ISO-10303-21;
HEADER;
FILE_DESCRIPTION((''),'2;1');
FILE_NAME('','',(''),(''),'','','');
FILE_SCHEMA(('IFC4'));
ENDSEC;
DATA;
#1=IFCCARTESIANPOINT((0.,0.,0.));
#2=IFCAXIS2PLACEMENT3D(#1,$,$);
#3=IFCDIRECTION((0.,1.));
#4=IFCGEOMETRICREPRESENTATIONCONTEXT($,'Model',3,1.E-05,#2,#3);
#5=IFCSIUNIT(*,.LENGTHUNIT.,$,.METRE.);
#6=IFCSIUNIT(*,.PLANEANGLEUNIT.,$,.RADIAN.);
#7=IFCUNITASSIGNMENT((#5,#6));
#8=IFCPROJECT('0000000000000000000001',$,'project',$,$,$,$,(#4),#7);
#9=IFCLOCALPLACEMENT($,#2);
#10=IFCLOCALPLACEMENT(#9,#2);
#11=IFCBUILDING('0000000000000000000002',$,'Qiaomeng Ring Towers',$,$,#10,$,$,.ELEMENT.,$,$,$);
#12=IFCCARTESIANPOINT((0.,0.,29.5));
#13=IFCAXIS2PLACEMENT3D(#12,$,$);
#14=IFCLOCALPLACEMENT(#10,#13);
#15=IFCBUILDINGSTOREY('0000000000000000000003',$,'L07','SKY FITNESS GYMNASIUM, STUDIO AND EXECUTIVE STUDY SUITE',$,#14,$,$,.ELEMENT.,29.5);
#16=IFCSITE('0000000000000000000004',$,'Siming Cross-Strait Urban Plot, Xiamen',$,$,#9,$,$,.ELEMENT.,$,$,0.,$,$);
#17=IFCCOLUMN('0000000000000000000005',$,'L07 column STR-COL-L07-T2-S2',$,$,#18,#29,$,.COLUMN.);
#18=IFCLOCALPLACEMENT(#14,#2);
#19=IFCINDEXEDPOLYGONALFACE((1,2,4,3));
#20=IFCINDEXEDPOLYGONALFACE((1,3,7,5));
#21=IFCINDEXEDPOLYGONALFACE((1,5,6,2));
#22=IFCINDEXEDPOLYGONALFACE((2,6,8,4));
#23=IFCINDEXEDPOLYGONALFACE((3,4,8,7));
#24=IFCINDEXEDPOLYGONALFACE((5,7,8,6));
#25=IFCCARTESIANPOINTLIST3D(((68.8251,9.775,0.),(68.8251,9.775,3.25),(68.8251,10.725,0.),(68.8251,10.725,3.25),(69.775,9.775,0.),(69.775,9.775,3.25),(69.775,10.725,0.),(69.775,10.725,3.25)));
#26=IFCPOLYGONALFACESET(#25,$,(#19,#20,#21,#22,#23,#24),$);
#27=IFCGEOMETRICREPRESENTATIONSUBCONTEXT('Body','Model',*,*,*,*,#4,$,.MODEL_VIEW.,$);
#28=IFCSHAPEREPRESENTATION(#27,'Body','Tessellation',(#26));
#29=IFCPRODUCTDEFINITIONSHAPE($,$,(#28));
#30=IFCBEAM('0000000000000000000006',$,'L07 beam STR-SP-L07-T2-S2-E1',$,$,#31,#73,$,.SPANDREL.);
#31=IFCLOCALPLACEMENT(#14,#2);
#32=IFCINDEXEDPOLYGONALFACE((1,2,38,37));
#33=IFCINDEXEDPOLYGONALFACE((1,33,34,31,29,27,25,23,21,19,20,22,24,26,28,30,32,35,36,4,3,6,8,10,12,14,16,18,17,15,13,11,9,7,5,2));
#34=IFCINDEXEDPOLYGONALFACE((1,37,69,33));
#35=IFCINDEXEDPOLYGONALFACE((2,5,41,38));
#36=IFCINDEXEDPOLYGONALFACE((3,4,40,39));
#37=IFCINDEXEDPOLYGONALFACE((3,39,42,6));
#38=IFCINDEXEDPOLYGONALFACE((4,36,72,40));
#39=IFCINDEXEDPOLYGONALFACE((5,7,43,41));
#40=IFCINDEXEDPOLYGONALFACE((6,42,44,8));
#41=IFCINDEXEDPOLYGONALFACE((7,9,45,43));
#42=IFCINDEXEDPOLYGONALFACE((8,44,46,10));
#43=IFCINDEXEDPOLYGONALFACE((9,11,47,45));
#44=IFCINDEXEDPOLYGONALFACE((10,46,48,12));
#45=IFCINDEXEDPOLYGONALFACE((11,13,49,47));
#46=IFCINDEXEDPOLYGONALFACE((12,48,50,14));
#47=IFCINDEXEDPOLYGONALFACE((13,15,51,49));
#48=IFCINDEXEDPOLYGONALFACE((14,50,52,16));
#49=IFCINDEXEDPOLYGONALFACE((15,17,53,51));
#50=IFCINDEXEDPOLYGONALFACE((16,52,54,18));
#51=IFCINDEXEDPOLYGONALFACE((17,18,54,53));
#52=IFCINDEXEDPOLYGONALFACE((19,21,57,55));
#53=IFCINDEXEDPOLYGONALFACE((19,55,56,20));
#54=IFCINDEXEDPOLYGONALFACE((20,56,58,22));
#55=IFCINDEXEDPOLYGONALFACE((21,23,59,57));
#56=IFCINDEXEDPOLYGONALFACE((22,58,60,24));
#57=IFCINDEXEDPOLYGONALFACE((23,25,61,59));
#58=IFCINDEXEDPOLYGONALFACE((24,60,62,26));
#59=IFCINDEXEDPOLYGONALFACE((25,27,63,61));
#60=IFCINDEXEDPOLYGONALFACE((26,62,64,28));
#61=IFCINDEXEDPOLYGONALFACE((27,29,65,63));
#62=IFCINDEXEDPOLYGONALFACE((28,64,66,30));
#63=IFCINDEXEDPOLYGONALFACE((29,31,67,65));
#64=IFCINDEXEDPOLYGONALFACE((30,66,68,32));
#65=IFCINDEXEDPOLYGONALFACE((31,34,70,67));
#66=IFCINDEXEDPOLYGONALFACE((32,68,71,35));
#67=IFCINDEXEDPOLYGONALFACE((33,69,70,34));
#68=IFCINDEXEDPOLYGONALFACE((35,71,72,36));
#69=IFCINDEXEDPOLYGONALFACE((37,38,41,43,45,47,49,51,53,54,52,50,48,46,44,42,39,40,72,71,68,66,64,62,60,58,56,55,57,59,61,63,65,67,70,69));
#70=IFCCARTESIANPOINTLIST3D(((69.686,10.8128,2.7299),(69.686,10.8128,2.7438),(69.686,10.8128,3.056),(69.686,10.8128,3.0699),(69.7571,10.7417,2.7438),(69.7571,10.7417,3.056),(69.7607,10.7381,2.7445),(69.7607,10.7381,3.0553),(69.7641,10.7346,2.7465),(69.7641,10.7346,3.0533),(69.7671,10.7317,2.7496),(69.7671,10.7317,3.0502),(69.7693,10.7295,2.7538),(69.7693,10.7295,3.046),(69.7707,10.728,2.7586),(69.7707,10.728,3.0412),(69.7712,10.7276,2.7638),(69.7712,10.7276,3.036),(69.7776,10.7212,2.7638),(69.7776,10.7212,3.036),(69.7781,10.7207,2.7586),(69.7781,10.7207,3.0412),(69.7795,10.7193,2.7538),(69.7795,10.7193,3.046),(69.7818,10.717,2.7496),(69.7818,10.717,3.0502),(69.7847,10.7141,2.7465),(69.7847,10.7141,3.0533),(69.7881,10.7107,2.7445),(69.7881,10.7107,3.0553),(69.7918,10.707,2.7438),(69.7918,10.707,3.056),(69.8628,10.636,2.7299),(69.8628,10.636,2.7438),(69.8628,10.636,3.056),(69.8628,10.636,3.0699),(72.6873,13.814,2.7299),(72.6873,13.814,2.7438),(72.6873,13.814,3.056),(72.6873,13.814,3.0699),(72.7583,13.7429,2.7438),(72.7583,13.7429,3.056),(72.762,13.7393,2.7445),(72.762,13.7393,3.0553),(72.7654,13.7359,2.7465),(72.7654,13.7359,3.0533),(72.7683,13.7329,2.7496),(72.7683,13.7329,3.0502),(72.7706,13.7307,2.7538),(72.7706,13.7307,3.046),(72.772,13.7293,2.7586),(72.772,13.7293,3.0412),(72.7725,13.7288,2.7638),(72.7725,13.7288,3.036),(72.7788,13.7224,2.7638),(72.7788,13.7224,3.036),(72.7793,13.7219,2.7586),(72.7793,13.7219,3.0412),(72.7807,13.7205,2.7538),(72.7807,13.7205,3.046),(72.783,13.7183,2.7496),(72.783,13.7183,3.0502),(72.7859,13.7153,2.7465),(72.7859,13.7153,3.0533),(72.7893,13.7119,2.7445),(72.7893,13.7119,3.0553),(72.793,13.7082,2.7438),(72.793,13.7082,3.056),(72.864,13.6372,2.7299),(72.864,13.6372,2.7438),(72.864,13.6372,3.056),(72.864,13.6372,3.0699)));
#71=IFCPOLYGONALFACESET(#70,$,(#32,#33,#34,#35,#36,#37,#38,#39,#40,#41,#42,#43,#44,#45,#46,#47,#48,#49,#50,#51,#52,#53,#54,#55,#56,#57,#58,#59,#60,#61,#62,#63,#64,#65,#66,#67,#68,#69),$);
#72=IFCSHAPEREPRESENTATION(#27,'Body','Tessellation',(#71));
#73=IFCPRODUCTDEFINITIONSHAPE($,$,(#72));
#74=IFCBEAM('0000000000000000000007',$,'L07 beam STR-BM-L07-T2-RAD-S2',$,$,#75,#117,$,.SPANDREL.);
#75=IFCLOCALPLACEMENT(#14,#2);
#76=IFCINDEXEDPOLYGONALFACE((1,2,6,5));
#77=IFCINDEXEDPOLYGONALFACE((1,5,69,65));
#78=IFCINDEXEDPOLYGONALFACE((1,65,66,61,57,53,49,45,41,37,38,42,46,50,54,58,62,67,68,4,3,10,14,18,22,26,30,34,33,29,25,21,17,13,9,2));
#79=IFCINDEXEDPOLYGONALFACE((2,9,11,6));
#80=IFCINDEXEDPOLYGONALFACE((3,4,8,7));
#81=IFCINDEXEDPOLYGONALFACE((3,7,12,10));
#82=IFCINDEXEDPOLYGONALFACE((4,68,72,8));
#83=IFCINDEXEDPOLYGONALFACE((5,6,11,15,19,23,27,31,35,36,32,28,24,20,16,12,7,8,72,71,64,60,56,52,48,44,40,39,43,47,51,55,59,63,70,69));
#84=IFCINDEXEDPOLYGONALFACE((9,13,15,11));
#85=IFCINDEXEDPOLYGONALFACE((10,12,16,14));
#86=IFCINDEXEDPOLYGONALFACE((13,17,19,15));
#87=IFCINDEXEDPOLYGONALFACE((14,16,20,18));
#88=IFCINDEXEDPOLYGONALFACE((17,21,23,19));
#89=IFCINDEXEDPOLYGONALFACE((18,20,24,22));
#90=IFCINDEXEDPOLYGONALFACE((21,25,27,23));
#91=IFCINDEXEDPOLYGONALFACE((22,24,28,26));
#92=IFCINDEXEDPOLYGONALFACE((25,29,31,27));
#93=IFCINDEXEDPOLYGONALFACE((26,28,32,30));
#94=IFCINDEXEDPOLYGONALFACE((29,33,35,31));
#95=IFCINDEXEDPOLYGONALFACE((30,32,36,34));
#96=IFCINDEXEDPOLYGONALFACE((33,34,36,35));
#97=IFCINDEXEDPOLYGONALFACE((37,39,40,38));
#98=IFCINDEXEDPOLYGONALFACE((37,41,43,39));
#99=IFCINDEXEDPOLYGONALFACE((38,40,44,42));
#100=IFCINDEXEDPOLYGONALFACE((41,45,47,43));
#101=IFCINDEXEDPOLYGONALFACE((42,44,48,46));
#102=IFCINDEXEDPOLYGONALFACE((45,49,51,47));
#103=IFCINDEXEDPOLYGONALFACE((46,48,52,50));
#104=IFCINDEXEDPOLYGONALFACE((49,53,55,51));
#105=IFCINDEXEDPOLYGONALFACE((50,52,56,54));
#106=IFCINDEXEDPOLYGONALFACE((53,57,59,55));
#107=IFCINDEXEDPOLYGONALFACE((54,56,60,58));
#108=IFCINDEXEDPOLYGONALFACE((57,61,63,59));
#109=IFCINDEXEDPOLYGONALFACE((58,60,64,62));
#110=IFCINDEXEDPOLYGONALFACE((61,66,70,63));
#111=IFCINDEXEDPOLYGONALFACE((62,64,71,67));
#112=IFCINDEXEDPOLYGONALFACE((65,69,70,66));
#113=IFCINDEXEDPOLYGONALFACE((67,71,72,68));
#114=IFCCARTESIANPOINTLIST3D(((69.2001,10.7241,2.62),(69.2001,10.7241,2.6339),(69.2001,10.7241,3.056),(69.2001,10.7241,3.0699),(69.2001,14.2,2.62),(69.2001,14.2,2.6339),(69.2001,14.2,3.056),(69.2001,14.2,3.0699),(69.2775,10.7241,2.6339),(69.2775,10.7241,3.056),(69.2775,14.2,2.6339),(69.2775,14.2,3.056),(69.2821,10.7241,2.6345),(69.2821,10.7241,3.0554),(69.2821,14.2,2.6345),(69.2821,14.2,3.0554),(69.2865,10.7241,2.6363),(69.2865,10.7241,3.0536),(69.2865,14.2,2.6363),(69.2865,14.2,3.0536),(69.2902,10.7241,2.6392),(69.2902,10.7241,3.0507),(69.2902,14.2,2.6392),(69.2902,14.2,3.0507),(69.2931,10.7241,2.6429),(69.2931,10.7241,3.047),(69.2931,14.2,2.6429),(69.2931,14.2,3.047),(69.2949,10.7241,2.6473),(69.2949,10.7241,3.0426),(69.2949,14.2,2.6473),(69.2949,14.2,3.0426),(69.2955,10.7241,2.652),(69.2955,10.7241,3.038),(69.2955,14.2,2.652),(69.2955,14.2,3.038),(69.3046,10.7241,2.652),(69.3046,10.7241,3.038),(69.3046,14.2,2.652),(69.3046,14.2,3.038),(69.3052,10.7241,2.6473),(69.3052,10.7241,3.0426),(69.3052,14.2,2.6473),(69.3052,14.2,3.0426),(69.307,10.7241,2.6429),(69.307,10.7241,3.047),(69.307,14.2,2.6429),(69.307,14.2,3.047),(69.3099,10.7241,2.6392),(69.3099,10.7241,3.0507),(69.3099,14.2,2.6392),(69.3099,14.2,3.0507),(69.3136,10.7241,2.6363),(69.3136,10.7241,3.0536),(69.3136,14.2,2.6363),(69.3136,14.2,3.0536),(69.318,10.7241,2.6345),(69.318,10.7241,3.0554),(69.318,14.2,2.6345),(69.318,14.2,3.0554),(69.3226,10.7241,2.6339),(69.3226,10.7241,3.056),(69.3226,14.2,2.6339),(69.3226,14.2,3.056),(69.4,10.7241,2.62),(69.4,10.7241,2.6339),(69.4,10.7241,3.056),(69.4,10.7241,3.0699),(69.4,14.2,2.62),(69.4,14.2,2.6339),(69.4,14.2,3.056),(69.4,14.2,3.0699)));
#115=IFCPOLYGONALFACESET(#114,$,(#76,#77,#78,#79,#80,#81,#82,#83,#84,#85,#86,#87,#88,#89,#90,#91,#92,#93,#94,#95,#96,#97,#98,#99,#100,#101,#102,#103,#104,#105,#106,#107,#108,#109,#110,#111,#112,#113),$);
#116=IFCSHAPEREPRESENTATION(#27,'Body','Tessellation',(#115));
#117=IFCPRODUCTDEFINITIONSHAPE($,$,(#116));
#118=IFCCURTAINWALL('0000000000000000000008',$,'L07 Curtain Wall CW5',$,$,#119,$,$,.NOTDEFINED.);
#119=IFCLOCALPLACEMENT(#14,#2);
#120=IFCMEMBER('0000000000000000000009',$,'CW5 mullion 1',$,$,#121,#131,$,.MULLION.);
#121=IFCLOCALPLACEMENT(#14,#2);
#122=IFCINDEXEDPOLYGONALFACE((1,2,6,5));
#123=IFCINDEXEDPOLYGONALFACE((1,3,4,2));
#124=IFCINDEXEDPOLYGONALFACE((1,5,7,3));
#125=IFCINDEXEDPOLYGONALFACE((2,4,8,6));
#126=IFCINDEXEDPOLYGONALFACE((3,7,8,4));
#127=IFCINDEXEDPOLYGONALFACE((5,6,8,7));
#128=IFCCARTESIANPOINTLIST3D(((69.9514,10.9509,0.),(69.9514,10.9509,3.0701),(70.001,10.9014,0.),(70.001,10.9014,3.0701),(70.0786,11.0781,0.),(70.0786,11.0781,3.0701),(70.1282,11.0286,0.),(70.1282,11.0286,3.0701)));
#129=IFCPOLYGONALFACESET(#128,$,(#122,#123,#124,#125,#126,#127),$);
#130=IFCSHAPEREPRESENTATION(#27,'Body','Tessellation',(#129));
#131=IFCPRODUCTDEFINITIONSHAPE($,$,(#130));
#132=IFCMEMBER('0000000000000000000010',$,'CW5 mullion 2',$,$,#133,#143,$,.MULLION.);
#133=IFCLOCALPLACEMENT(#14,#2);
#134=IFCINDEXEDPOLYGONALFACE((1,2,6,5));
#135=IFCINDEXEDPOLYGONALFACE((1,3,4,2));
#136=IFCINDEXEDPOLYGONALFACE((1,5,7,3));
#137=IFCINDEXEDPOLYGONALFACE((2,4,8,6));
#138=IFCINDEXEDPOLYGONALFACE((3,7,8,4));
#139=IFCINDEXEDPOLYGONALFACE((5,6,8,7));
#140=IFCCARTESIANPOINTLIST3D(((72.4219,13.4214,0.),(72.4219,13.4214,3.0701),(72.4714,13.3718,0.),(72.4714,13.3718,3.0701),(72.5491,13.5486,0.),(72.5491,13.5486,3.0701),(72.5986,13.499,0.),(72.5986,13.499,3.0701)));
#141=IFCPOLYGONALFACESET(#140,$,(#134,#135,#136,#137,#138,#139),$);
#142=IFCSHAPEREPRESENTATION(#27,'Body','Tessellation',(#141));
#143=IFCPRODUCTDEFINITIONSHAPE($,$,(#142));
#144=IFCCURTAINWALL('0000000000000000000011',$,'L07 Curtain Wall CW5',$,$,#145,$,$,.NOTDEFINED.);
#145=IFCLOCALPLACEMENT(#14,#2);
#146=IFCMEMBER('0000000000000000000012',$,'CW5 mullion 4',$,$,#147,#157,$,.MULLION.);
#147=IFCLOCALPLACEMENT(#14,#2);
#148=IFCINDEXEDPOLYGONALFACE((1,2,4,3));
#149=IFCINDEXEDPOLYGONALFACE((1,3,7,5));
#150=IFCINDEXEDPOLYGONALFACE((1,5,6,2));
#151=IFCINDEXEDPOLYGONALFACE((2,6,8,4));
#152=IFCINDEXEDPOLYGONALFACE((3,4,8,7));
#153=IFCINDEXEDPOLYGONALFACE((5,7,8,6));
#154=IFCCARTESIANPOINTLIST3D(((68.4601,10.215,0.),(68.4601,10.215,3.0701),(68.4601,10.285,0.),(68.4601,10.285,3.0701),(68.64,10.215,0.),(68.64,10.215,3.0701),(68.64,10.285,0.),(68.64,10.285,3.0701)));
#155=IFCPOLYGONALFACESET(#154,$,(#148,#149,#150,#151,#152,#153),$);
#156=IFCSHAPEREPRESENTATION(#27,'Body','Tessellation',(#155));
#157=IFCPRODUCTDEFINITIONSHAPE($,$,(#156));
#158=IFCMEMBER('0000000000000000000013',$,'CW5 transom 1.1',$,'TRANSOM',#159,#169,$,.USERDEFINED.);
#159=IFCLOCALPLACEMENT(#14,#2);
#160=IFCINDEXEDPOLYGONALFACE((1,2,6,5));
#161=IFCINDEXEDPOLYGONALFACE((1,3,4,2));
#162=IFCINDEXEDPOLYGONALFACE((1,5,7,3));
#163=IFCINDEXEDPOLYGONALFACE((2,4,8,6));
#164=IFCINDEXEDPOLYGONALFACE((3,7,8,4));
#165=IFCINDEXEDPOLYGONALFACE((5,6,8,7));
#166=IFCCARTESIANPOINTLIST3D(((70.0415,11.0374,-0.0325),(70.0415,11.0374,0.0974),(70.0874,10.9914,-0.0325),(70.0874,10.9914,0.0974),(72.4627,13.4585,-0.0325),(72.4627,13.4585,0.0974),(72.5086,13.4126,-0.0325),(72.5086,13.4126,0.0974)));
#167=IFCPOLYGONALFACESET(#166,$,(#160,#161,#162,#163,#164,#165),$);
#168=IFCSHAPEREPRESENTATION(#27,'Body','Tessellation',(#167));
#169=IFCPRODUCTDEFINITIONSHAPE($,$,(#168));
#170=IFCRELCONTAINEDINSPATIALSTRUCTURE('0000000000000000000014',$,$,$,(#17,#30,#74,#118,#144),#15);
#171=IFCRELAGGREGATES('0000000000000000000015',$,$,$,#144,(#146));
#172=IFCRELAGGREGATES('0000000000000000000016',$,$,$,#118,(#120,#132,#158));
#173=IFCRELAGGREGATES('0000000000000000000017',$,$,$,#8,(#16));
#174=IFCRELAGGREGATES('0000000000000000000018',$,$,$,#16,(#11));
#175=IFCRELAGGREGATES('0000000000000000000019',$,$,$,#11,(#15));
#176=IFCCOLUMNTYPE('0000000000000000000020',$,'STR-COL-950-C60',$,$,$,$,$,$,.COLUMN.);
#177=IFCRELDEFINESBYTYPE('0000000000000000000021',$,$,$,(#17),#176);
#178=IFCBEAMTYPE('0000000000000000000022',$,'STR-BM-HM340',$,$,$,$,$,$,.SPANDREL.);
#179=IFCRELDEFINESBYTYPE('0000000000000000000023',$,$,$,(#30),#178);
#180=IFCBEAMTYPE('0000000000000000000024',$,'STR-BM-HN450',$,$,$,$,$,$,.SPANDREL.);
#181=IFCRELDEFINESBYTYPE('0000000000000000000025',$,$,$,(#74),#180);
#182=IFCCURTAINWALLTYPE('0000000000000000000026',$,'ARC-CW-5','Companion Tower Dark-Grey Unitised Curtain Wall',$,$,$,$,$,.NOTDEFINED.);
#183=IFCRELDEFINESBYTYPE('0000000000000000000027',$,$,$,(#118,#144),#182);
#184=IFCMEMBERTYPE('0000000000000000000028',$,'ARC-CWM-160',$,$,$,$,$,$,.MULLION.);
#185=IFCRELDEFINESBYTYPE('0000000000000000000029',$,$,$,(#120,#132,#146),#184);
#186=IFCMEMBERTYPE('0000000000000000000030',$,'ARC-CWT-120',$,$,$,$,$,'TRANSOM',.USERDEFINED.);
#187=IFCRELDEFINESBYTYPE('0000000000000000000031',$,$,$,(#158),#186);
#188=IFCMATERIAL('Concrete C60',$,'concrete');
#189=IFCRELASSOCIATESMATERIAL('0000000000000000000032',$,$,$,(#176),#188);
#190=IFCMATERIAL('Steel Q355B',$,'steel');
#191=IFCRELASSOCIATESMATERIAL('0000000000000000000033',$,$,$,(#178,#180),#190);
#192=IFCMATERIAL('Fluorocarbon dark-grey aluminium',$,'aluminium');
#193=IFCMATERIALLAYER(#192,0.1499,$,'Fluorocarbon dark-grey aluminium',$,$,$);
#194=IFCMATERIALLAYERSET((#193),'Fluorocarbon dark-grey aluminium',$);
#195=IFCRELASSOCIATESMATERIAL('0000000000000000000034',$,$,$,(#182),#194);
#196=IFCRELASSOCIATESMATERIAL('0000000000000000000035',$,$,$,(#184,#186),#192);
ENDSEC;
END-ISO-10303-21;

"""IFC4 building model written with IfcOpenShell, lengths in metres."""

from ifc_helpers import new_model, si_unit, direction, frame, origin, origin_2d, place, context, subcontext, project, spatial, rectangle, i_section, extrude, source, transform, mapped, material, layer, layer_set, material_profile, profile_set, type_object, element, aggregate, save


model = new_model("IFC4")

# Units and contexts
model_context = context("Model", 3, precision=1e-05, world=origin(), true_north=direction((0.0, 1.0)))
body_context = subcontext(model_context, "Body", "Model", "MODEL_VIEW")
ifc_project = project(units=[si_unit("LENGTHUNIT", "METRE"), si_unit("PLANEANGLEUNIT", "RADIAN")], contexts=[model_context])

# Site, building, storey
site_placement = place(None, origin())
site = spatial("IfcSite", under=ifc_project, at=site_placement, Name="Siming Cross-Strait Urban Plot, Xiamen", CompositionType="ELEMENT", RefElevation=0.0)
building_placement = place(site_placement, origin())
building = spatial("IfcBuilding", under=site, at=building_placement, Name="Qiaomeng Ring Towers", CompositionType="ELEMENT")
storey_placement = place(building_placement, frame((0.0, 0.0, 29.5)))
storey = spatial("IfcBuildingStorey", under=building, at=storey_placement, Name="L07", Description="SKY FITNESS GYMNASIUM, STUDIO AND EXECUTIVE STUDY SUITE", CompositionType="ELEMENT", Elevation=29.5)

# Column
ifc_material_1 = material(Name="Concrete C60", Category="concrete")
ifc_material_profile_1 = material_profile(ifc_material_1, rectangle(XDim=0.95, YDim=0.95, at=origin_2d()), Name="RC COL 950x950")
ifc_profile_set_1 = profile_set([ifc_material_profile_1], Name="Concrete C60")
column_type = type_object("IfcColumnType", Name="STR-COL-950-C60", PredefinedType="COLUMN", material=ifc_profile_set_1)
shared_shape_1 = source(origin(), body_context, "Body", "SweptSolid", [
    extrude(rectangle(XDim=0.95, YDim=0.95, at=origin_2d()), origin(), (0.0, 0.0, 1.0), 3.25),
])
column_placement = place(storey_placement, frame((69.3, 10.25, 0.0), z_axis=(0.0, 0.0, 1.0), x_axis=(1.0, 0.0, 0.0)))
element("IfcColumn", 1, at=column_placement, inside=storey, type_object=column_type, Name="L07 column STR-COL-L07-T2-S2", PredefinedType="COLUMN", context=body_context, shape_type="MappedRepresentation", body=[
    mapped(shared_shape_1, transform((0.0, 0.0, 0.0), x_axis=(1.0, 0.0, 0.0), y_axis=(0.0, 1.0, 0.0), z_axis=(0.0, 0.0, 1.0), scale=1.0)),
])

# Beams
ifc_material_2 = material(Name="Steel Q355B", Category="steel")
ifc_material_profile_2 = material_profile(ifc_material_2, i_section(OverallWidth=0.25, OverallDepth=0.3401, WebThickness=0.009, FlangeThickness=0.0139, FilletRadius=0.02, at=origin_2d()), Name="HM 340x250x9x14")
ifc_profile_set_2 = profile_set([ifc_material_profile_2], Name="Steel Q355B")
beam_type_1 = type_object("IfcBeamType", Name="STR-BM-HM340", PredefinedType="SPANDREL", material=ifc_profile_set_2)
shared_shape_2 = source(origin(), body_context, "Body", "SweptSolid", [
    extrude(i_section(OverallWidth=0.25, OverallDepth=0.3401, WebThickness=0.009, FlangeThickness=0.0139, FilletRadius=0.02, at=origin_2d()), origin(), (0.0, 0.0, 1.0), 4.2444),
])
beam_1_placement = place(storey_placement, frame((69.7744, 10.7244, 2.8999), z_axis=(0.707107, 0.707107, 0.0), x_axis=(-0.707107, 0.707107, 0.0)))
element("IfcBeam", 2, at=beam_1_placement, inside=storey, type_object=beam_type_1, Name="L07 beam STR-SP-L07-T2-S2-E1", PredefinedType="SPANDREL", context=body_context, shape_type="MappedRepresentation", body=[
    mapped(shared_shape_2, transform((0.0, 0.0, 0.0), x_axis=(1.0, 0.0, 0.0), y_axis=(0.0, 1.0, 0.0), z_axis=(0.0, 0.0, 1.0), scale=1.0)),
])
ifc_material_profile_3 = material_profile(ifc_material_2, i_section(OverallWidth=0.2, OverallDepth=0.45, WebThickness=0.009, FlangeThickness=0.0139, FilletRadius=0.0181, at=origin_2d()), Name="HN 450x200x9x14")
ifc_profile_set_3 = profile_set([ifc_material_profile_3], Name="Steel Q355B")
beam_type_2 = type_object("IfcBeamType", Name="STR-BM-HN450", PredefinedType="SPANDREL", material=ifc_profile_set_3)
shared_shape_3 = source(origin(), body_context, "Body", "SweptSolid", [
    extrude(i_section(OverallWidth=0.2, OverallDepth=0.45, WebThickness=0.009, FlangeThickness=0.0139, FilletRadius=0.0181, at=origin_2d()), origin(), (0.0, 0.0, 1.0), 3.4758),
])
beam_2_placement = place(storey_placement, frame((69.3, 10.7241, 2.845), z_axis=(0.0, 1.0, 0.0), x_axis=(-1.0, 0.0, 0.0)))
element("IfcBeam", 3, at=beam_2_placement, inside=storey, type_object=beam_type_2, Name="L07 beam STR-BM-L07-T2-RAD-S2", PredefinedType="SPANDREL", context=body_context, shape_type="MappedRepresentation", body=[
    mapped(shared_shape_3, transform((0.0, 0.0, 0.0), x_axis=(1.0, 0.0, 0.0), y_axis=(0.0, 1.0, 0.0), z_axis=(0.0, 0.0, 1.0), scale=1.0)),
])

# Curtain wall, members
ifc_material_3 = material(Name="Fluorocarbon dark-grey aluminium", Category="aluminium")
ifc_layer_1 = layer(ifc_material_3, 0.1499, Name="Fluorocarbon dark-grey aluminium")
ifc_layer_set_1 = layer_set([ifc_layer_1], Name="Fluorocarbon dark-grey aluminium")
curtain_wall_type = type_object("IfcCurtainWallType", Name="ARC-CW-5", Description="Companion Tower Dark-Grey Unitised Curtain Wall", PredefinedType="NOTDEFINED", material=ifc_layer_set_1)
curtain_wall_1_placement = place(storey_placement, origin())
curtain_wall_1 = element("IfcCurtainWall", 4, at=curtain_wall_1_placement, inside=storey, type_object=curtain_wall_type, Name="L07 Curtain Wall CW5", PredefinedType="NOTDEFINED")
ifc_material_profile_4 = material_profile(ifc_material_3, rectangle(XDim=0.0701, YDim=0.1799, at=origin_2d()), Name="ALU MULL 70x180")
ifc_profile_set_4 = profile_set([ifc_material_profile_4], Name="Fluorocarbon dark-grey aluminium")
member_type_1 = type_object("IfcMemberType", Name="ARC-CWM-160", PredefinedType="MULLION", material=ifc_profile_set_4)
shared_shape_4 = source(origin(), body_context, "Body", "SweptSolid", [
    extrude(rectangle(XDim=0.0701, YDim=0.1799, at=origin_2d()), origin(), (0.0, 0.0, 1.0), 3.0701),
])
member_1_placement = place(storey_placement, frame((70.0398, 10.9897, 0.0), z_axis=(0.0, 0.0, 1.0), x_axis=(-0.707107, 0.707107, 0.0)))
member_1 = element("IfcMember", 5, at=member_1_placement, type_object=member_type_1, Name="CW5 mullion 1", PredefinedType="MULLION", context=body_context, shape_type="MappedRepresentation", body=[
    mapped(shared_shape_4, transform((0.0, 0.0, 0.0), x_axis=(1.0, 0.0, 0.0), y_axis=(0.0, 1.0, 0.0), z_axis=(0.0, 0.0, 1.0), scale=1.0)),
])
member_2_placement = place(storey_placement, frame((72.5103, 13.4602, 0.0), z_axis=(0.0, 0.0, 1.0), x_axis=(-0.707107, 0.707107, 0.0)))
member_2 = element("IfcMember", 6, at=member_2_placement, type_object=member_type_1, Name="CW5 mullion 2", PredefinedType="MULLION", context=body_context, shape_type="MappedRepresentation", body=[
    mapped(shared_shape_4, transform((0.0, 0.0, 0.0), x_axis=(1.0, 0.0, 0.0), y_axis=(0.0, 1.0, 0.0), z_axis=(0.0, 0.0, 1.0), scale=1.0)),
])

# Curtain wall, member
curtain_wall_2_placement = place(storey_placement, origin())
curtain_wall_2 = element("IfcCurtainWall", 7, at=curtain_wall_2_placement, inside=storey, type_object=curtain_wall_type, Name="L07 Curtain Wall CW5", PredefinedType="NOTDEFINED")
member_3_placement = place(storey_placement, frame((68.55, 10.25, 0.0), z_axis=(0.0, 0.0, 1.0), x_axis=(0.0, 1.0, 0.0)))
member_3 = element("IfcMember", 8, at=member_3_placement, type_object=member_type_1, Name="CW5 mullion 4", PredefinedType="MULLION", context=body_context, shape_type="MappedRepresentation", body=[
    mapped(shared_shape_4, transform((0.0, 0.0, 0.0), x_axis=(1.0, 0.0, 0.0), y_axis=(0.0, 1.0, 0.0), z_axis=(0.0, 0.0, 1.0), scale=1.0)),
])
aggregate(curtain_wall_2, [member_3])

# Member
ifc_material_profile_5 = material_profile(ifc_material_3, rectangle(XDim=0.0649, YDim=0.1299, at=origin_2d()), Name="ALU TRAN 65x130")
ifc_profile_set_5 = profile_set([ifc_material_profile_5], Name="Fluorocarbon dark-grey aluminium")
member_type_2 = type_object("IfcMemberType", Name="ARC-CWT-120", ElementType="TRANSOM", PredefinedType="USERDEFINED", material=ifc_profile_set_5)
shared_shape_5 = source(origin(), body_context, "Body", "SweptSolid", [
    extrude(rectangle(XDim=0.0649, YDim=0.1299, at=origin_2d()), origin(), (0.0, 0.0, 1.0), 3.4241),
])
member_4_placement = place(storey_placement, frame((70.0645, 11.0144, 0.0325), z_axis=(0.707107, 0.707107, 0.0), x_axis=(-0.707107, 0.707107, 0.0)))
member_4 = element("IfcMember", 9, at=member_4_placement, type_object=member_type_2, Name="CW5 transom 1.1", ObjectType="TRANSOM", PredefinedType="USERDEFINED", context=body_context, shape_type="MappedRepresentation", body=[
    mapped(shared_shape_5, transform((0.0, 0.0, 0.0), x_axis=(1.0, 0.0, 0.0), y_axis=(0.0, 1.0, 0.0), z_axis=(0.0, 0.0, 1.0), scale=1.0)),
])

aggregate(curtain_wall_1, [member_1, member_2, member_4])

save(model, "model.ifc")
